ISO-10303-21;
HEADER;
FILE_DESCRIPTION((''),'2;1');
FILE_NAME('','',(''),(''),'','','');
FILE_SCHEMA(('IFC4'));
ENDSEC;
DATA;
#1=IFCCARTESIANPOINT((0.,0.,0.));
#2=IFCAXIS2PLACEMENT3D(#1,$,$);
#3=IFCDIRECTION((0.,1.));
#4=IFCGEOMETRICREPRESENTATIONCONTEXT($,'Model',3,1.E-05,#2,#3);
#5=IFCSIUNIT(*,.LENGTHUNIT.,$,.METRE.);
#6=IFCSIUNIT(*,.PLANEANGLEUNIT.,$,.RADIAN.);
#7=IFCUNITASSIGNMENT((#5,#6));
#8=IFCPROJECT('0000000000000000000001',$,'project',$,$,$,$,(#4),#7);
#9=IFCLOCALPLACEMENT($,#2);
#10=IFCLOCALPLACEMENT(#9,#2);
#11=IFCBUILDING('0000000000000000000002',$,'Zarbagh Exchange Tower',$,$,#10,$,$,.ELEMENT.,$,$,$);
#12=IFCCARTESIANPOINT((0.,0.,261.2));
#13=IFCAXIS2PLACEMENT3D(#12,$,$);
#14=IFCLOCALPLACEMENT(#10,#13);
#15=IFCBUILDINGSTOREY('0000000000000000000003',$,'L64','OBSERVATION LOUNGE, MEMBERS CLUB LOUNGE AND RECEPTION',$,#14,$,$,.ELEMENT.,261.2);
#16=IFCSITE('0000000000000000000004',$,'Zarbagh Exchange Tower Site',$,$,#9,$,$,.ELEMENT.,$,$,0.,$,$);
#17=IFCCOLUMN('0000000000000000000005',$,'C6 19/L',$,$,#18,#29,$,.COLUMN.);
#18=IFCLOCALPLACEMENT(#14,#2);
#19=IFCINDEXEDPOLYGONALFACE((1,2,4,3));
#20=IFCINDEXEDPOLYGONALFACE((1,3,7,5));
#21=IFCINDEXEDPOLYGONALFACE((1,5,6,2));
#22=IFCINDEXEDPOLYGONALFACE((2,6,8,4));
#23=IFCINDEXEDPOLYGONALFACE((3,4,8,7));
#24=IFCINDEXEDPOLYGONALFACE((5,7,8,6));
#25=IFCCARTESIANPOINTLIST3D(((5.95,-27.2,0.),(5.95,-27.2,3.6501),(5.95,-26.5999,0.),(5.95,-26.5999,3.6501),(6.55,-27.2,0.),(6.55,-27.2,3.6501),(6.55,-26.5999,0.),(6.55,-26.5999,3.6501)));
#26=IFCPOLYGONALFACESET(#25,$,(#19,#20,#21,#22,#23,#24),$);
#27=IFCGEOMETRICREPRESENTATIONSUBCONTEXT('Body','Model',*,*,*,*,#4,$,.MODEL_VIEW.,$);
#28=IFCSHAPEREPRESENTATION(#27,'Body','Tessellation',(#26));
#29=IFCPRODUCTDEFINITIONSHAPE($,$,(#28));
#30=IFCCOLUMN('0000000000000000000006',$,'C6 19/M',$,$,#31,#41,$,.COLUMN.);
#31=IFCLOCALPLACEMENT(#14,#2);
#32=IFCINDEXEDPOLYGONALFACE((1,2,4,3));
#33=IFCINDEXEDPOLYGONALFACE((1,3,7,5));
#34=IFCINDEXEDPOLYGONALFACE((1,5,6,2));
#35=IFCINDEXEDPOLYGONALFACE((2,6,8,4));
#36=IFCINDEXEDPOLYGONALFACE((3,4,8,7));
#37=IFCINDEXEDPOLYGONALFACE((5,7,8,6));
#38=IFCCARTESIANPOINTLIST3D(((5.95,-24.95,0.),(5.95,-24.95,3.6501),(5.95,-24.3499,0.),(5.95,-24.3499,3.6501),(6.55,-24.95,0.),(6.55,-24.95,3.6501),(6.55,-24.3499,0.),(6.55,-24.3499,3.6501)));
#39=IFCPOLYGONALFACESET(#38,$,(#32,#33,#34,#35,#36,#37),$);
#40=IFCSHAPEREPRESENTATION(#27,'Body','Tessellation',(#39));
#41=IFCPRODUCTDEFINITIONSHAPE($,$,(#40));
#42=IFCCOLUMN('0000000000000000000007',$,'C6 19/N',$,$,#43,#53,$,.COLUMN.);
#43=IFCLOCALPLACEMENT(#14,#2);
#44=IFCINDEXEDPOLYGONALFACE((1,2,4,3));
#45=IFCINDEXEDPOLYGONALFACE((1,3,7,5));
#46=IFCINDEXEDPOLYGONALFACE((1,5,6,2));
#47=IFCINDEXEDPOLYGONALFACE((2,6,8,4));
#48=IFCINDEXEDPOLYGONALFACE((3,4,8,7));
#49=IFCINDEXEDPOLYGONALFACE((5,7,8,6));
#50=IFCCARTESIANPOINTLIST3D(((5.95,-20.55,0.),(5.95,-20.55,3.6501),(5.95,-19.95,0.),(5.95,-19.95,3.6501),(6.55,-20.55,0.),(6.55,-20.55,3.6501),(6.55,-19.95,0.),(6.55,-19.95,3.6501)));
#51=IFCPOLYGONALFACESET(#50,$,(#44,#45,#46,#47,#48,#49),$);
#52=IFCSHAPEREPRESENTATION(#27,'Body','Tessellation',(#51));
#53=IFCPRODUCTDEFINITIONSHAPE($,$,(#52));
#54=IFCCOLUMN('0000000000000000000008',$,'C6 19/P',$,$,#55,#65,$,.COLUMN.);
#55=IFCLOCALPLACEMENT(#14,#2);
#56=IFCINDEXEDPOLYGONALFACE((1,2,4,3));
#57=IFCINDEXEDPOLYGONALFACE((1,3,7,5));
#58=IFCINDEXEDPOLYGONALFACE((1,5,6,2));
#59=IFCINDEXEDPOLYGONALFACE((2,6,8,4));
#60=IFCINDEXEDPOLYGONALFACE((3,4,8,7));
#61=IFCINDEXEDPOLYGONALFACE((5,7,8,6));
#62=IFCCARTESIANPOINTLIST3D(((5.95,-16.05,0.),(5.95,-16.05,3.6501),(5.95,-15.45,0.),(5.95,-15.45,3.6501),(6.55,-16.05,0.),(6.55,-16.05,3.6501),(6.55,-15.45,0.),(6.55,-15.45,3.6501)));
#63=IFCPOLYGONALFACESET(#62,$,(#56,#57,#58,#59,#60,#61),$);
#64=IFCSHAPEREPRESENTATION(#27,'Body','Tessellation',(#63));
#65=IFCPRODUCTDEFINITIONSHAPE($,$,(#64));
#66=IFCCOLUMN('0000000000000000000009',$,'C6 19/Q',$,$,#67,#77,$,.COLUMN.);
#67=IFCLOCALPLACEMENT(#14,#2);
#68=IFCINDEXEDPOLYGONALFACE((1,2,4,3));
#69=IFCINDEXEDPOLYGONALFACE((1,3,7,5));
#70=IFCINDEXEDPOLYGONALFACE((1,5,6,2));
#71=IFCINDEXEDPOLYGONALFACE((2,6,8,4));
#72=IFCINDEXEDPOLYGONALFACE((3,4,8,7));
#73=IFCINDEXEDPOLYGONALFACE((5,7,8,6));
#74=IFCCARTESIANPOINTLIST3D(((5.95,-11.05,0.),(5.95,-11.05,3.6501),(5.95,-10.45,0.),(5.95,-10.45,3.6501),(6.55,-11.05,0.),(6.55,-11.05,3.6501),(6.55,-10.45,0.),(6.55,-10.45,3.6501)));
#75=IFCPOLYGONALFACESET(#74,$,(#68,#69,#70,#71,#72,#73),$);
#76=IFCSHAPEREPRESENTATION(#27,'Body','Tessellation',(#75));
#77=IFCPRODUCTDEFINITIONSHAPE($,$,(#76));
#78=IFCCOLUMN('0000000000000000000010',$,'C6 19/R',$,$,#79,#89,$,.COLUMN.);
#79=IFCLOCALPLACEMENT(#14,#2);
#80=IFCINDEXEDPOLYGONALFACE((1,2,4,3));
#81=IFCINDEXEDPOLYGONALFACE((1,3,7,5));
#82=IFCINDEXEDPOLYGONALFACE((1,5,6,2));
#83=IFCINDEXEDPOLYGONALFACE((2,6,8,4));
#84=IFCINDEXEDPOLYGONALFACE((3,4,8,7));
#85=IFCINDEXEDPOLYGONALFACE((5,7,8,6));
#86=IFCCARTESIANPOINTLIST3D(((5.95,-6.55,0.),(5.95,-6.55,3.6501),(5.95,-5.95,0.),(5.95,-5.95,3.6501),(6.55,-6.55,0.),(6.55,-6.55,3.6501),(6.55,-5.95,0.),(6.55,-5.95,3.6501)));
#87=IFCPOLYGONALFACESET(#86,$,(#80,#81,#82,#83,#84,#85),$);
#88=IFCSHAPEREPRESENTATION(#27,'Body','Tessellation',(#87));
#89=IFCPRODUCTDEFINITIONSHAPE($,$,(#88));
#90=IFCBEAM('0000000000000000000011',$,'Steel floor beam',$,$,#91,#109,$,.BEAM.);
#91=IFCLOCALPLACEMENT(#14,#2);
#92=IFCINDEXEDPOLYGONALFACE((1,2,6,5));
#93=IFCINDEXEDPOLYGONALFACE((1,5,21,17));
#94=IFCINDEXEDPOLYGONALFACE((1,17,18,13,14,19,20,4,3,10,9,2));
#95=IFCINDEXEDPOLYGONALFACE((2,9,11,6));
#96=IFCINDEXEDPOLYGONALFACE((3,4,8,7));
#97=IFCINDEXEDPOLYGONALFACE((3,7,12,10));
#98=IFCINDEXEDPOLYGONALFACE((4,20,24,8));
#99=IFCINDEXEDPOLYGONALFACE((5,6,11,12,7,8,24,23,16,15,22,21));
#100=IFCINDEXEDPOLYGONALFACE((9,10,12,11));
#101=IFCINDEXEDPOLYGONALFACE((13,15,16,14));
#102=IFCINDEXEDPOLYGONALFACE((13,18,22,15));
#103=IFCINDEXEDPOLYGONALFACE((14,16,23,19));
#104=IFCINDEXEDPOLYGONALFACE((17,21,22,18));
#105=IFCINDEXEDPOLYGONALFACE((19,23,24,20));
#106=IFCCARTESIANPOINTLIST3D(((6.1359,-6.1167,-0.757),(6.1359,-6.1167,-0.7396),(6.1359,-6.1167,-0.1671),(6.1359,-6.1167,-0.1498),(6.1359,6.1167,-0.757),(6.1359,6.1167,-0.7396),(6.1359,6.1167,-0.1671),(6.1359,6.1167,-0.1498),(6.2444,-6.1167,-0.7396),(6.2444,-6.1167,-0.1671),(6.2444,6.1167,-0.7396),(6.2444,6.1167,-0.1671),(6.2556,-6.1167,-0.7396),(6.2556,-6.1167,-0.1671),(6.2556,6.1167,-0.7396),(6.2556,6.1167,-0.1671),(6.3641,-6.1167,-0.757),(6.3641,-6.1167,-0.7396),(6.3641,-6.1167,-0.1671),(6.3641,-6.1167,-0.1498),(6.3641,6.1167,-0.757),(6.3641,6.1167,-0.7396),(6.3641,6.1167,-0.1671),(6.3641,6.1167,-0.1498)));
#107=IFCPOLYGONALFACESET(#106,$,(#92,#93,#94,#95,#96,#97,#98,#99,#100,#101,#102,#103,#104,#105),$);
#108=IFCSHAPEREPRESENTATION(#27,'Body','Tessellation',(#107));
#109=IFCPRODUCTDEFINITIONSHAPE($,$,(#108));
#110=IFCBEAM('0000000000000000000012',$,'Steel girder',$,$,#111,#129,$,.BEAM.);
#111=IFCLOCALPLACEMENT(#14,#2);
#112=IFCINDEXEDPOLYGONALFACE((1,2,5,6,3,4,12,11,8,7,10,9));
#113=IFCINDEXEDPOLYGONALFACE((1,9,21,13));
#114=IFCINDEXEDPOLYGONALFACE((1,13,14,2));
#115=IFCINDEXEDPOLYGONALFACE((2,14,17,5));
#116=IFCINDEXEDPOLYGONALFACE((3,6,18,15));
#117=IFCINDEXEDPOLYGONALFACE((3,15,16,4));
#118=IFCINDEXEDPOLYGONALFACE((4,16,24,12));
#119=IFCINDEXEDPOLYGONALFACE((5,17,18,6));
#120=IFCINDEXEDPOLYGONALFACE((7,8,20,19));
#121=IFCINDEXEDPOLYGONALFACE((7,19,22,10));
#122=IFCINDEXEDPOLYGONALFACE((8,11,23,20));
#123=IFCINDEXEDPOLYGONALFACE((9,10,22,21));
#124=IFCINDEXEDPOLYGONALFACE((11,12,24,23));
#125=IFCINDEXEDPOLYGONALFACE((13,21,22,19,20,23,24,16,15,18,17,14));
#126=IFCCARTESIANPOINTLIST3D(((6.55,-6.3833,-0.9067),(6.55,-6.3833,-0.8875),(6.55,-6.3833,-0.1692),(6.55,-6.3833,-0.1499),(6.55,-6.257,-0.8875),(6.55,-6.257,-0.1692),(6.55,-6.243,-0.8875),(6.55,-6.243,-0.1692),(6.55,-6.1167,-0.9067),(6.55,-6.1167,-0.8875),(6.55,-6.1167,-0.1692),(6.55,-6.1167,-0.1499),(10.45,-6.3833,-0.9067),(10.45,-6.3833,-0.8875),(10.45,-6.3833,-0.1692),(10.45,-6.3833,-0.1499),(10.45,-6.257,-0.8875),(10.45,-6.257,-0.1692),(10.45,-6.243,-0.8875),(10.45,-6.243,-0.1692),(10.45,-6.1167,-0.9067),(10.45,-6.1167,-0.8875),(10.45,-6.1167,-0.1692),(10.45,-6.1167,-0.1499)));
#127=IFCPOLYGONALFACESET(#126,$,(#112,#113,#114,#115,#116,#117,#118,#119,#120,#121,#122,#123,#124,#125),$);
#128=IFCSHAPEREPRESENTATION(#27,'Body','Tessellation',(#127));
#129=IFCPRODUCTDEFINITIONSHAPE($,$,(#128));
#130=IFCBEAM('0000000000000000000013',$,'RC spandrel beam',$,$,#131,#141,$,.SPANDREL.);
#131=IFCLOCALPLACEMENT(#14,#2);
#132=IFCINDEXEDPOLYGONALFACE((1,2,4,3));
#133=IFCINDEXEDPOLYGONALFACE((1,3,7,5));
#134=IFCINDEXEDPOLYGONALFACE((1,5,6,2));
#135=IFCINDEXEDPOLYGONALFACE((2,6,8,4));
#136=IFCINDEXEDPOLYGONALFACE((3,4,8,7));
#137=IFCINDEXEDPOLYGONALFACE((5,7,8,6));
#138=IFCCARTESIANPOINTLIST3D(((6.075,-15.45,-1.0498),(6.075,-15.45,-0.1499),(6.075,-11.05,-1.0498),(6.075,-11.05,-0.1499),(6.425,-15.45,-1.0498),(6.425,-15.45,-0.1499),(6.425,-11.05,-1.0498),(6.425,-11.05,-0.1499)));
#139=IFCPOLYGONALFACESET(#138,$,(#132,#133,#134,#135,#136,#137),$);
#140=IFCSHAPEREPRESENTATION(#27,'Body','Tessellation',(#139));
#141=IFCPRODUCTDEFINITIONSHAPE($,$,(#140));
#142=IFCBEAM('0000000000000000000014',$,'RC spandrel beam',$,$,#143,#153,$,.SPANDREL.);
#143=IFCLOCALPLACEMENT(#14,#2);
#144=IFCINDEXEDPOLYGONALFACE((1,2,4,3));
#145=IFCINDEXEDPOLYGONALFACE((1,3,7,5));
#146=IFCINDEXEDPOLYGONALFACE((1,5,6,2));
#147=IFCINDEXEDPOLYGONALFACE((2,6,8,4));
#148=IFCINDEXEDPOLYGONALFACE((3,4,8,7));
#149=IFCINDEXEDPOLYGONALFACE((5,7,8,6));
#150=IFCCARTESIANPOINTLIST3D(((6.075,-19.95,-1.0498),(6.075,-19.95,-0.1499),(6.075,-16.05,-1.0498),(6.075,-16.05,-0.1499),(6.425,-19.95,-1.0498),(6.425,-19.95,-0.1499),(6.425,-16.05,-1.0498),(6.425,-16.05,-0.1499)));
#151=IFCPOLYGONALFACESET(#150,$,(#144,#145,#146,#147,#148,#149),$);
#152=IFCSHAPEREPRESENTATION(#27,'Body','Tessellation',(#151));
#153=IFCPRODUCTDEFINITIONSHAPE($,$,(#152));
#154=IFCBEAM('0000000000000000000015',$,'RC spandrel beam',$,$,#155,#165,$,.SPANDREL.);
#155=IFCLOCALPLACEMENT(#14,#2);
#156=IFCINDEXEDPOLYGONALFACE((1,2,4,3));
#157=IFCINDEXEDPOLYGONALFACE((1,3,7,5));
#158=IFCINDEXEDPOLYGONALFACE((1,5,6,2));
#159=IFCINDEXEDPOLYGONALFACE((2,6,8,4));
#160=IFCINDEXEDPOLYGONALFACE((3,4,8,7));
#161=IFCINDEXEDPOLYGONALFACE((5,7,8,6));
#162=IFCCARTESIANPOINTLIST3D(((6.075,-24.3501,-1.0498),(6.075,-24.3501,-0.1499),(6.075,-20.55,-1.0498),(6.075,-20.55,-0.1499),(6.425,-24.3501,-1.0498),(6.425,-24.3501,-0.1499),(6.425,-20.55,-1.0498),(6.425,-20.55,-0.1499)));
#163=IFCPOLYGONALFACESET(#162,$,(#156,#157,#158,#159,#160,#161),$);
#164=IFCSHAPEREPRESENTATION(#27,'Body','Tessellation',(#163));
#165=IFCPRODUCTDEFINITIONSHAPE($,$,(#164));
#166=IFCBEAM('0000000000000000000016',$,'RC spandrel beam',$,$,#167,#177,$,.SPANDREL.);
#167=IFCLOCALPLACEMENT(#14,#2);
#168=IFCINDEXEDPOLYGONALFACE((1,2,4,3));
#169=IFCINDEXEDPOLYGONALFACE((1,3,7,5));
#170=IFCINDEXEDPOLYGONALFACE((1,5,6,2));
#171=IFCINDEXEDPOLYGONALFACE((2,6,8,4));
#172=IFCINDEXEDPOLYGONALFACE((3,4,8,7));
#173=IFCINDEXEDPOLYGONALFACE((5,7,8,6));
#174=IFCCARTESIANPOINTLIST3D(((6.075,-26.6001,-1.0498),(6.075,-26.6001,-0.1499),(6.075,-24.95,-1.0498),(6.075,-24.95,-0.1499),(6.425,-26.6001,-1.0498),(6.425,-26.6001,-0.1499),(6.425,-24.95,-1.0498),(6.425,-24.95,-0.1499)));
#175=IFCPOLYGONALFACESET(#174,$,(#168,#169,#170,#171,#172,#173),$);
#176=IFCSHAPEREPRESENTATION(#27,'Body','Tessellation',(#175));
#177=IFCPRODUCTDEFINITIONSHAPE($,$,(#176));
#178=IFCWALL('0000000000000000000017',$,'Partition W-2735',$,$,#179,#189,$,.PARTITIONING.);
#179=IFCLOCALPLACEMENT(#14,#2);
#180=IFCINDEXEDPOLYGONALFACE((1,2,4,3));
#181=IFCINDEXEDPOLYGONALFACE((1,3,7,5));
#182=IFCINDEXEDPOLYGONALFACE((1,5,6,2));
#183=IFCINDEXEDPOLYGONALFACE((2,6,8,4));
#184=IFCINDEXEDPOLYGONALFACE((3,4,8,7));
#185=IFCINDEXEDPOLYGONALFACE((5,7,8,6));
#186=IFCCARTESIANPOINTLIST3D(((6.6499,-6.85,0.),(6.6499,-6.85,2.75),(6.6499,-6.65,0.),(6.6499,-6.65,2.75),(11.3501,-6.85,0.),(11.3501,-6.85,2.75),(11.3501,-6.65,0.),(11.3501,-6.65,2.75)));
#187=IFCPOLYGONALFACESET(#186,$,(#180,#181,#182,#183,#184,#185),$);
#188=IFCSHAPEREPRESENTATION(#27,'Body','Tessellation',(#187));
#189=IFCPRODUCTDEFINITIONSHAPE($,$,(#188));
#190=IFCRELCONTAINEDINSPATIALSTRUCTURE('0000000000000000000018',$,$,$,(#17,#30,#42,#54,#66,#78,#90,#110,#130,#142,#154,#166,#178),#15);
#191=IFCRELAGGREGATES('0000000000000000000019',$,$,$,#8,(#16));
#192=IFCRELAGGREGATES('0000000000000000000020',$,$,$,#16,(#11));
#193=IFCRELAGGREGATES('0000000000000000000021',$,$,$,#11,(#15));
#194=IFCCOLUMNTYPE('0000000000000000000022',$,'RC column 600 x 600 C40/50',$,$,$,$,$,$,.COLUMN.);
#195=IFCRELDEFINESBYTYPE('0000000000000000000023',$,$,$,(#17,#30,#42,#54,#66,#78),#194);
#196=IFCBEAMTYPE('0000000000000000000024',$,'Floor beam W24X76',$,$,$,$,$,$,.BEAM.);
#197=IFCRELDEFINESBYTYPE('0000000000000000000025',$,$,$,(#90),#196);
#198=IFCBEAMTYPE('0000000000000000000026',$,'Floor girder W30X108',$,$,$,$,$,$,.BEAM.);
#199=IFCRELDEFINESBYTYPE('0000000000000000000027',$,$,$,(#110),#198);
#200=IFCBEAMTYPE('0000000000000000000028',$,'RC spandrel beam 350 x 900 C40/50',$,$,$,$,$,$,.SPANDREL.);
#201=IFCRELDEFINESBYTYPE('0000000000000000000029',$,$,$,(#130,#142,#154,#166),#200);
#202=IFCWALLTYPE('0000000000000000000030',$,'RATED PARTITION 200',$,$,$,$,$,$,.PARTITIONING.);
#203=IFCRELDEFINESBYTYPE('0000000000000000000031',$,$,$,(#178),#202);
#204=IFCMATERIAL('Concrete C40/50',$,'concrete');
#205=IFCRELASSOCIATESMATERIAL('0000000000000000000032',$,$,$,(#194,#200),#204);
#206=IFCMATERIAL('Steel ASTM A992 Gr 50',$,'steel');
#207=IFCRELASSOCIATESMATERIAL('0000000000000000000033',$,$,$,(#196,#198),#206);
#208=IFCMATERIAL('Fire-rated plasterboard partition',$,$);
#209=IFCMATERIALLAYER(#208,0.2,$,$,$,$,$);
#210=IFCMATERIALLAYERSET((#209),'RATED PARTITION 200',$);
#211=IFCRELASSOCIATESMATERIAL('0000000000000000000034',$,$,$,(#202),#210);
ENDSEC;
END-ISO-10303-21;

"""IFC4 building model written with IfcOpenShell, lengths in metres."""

from ifc_helpers import new_model, si_unit, direction, frame, frame_2d, origin, origin_2d, place, context, subcontext, project, spatial, rectangle, i_section, extrude, material, layer, layer_set, material_profile, profile_set, type_object, element, save


model = new_model("IFC4")

# Units and contexts
model_context = context("Model", 3, precision=1e-05, world=origin(), true_north=direction((0.0, 1.0)))
body_context = subcontext(model_context, "Body", "Model", "MODEL_VIEW")
ifc_project = project(units=[si_unit("LENGTHUNIT", "METRE"), si_unit("PLANEANGLEUNIT", "RADIAN")], contexts=[model_context])

# Site, building, storey
site_placement = place(None, origin())
site = spatial("IfcSite", under=ifc_project, at=site_placement, Name="Zarbagh Exchange Tower Site", CompositionType="ELEMENT", RefElevation=0.0)
building_placement = place(site_placement, origin())
building = spatial("IfcBuilding", under=site, at=building_placement, Name="Zarbagh Exchange Tower", CompositionType="ELEMENT")
storey_placement = place(building_placement, frame((0.0, 0.0, 261.2)))
storey = spatial("IfcBuildingStorey", under=building, at=storey_placement, Name="L64", Description="OBSERVATION LOUNGE, MEMBERS CLUB LOUNGE AND RECEPTION", CompositionType="ELEMENT", Elevation=261.2)

# Columns
ifc_material_1 = material(Name="Concrete C40/50", Category="concrete")
ifc_material_profile_1 = material_profile(ifc_material_1, rectangle(XDim=0.6001, YDim=0.6001, at=origin_2d()), Name="RC column 600 x 600 C40/50")
ifc_profile_set_1 = profile_set([ifc_material_profile_1], Name="Concrete C40/50")
column_type = type_object("IfcColumnType", Name="RC column 600 x 600 C40/50", PredefinedType="COLUMN", material=ifc_profile_set_1)
for number, where, z_axis, x_axis, name in (
    (1, (6.25, -26.8999, 0.0), (0.0, 0.0, 1.0), (1.0, 0.0, 0.0), "C6 19/L"),
    (2, (6.25, -24.6499, 0.0), (0.0, 0.0, 1.0), (1.0, 0.0, 0.0), "C6 19/M"),
    (3, (6.25, -20.25, 0.0), (0.0, 0.0, 1.0), (1.0, 0.0, 0.0), "C6 19/N"),
    (4, (6.25, -15.75, 0.0), (0.0, 0.0, 1.0), (1.0, 0.0, 0.0), "C6 19/P"),
    (5, (6.25, -10.75, 0.0), (0.0, 0.0, 1.0), (1.0, 0.0, 0.0), "C6 19/Q"),
    (6, (6.25, -6.25, 0.0), (0.0, 0.0, 1.0), (1.0, 0.0, 0.0), "C6 19/R"),
):
    element("IfcColumn", number, at=place(storey_placement, frame(where, z_axis=z_axis, x_axis=x_axis)), inside=storey, type_object=column_type, Name=name, PredefinedType="COLUMN", context=body_context, shape_type="SweptSolid", body=[
        extrude(rectangle(XDim=0.6001, YDim=0.6001, at=origin_2d()), origin(), (0.0, 0.0, 1.0), 3.6501),
    ])

# Beams
ifc_material_2 = material(Name="Steel ASTM A992 Gr 50", Category="steel")
ifc_material_profile_2 = material_profile(ifc_material_2, i_section(OverallWidth=0.2283, OverallDepth=0.6072, WebThickness=0.0112, FlangeThickness=0.0173, at=origin_2d()), Name="W24X76")
ifc_profile_set_2 = profile_set([ifc_material_profile_2], Name="Steel ASTM A992 Gr 50")
beam_type_1 = type_object("IfcBeamType", Name="Floor beam W24X76", PredefinedType="BEAM", material=ifc_profile_set_2)
beam_1_placement = place(storey_placement, frame((6.25, -6.1167, -0.4534), z_axis=(0.0, 1.0, 0.0), x_axis=(-1.0, 0.0, 0.0)))
element("IfcBeam", 7, at=beam_1_placement, inside=storey, type_object=beam_type_1, Name="Steel floor beam", PredefinedType="BEAM", context=body_context, shape_type="SweptSolid", body=[
    extrude(i_section(OverallWidth=0.2283, OverallDepth=0.6072, WebThickness=0.0112, FlangeThickness=0.0173, at=origin_2d()), origin(), (0.0, 0.0, 1.0), 12.2334),
])
ifc_material_profile_3 = material_profile(ifc_material_2, i_section(OverallWidth=0.2666, OverallDepth=0.7568, WebThickness=0.0139, FlangeThickness=0.0193, at=origin_2d()), Name="W30X108")
ifc_profile_set_3 = profile_set([ifc_material_profile_3], Name="Steel ASTM A992 Gr 50")
beam_type_2 = type_object("IfcBeamType", Name="Floor girder W30X108", PredefinedType="BEAM", material=ifc_profile_set_3)
beam_2_placement = place(storey_placement, frame((6.55, -6.25, -0.5283), z_axis=(1.0, 0.0, 0.0), x_axis=(0.0, 1.0, 0.0)))
element("IfcBeam", 8, at=beam_2_placement, inside=storey, type_object=beam_type_2, Name="Steel girder", PredefinedType="BEAM", context=body_context, shape_type="SweptSolid", body=[
    extrude(i_section(OverallWidth=0.2666, OverallDepth=0.7568, WebThickness=0.0139, FlangeThickness=0.0193, at=origin_2d()), origin(), (0.0, 0.0, 1.0), 3.8999),
])
ifc_material_profile_4 = material_profile(ifc_material_1, rectangle(XDim=0.3501, YDim=0.8999, at=origin_2d()), Name="RC spandrel beam 350 x 900 C40/50")
ifc_profile_set_4 = profile_set([ifc_material_profile_4], Name="Concrete C40/50")
beam_type_3 = type_object("IfcBeamType", Name="RC spandrel beam 350 x 900 C40/50", PredefinedType="SPANDREL", material=ifc_profile_set_4)
beam_3_placement = place(storey_placement, frame((6.25, -11.05, -0.5999), z_axis=(0.0, -1.0, 0.0), x_axis=(1.0, 0.0, 0.0)))
element("IfcBeam", 9, at=beam_3_placement, inside=storey, type_object=beam_type_3, Name="RC spandrel beam", PredefinedType="SPANDREL", context=body_context, shape_type="SweptSolid", body=[
    extrude(rectangle(XDim=0.3501, YDim=0.8999, at=origin_2d()), origin(), (0.0, 0.0, 1.0), 4.3999),
])
beam_4_placement = place(storey_placement, frame((6.25, -16.05, -0.5999), z_axis=(0.0, -1.0, 0.0), x_axis=(1.0, 0.0, 0.0)))
element("IfcBeam", 10, at=beam_4_placement, inside=storey, type_object=beam_type_3, Name="RC spandrel beam", PredefinedType="SPANDREL", context=body_context, shape_type="SweptSolid", body=[
    extrude(rectangle(XDim=0.3501, YDim=0.8999, at=origin_2d()), origin(), (0.0, 0.0, 1.0), 3.8999),
])
beam_5_placement = place(storey_placement, frame((6.25, -20.55, -0.5999), z_axis=(0.0, -1.0, 0.0), x_axis=(1.0, 0.0, 0.0)))
element("IfcBeam", 11, at=beam_5_placement, inside=storey, type_object=beam_type_3, Name="RC spandrel beam", PredefinedType="SPANDREL", context=body_context, shape_type="SweptSolid", body=[
    extrude(rectangle(XDim=0.3501, YDim=0.8999, at=origin_2d()), origin(), (0.0, 0.0, 1.0), 3.8),
])
beam_6_placement = place(storey_placement, frame((6.25, -24.95, -0.5999), z_axis=(0.0, -1.0, 0.0), x_axis=(1.0, 0.0, 0.0)))
element("IfcBeam", 12, at=beam_6_placement, inside=storey, type_object=beam_type_3, Name="RC spandrel beam", PredefinedType="SPANDREL", context=body_context, shape_type="SweptSolid", body=[
    extrude(rectangle(XDim=0.3501, YDim=0.8999, at=origin_2d()), origin(), (0.0, 0.0, 1.0), 1.6501),
])

# Wall
ifc_material_3 = material(Name="Fire-rated plasterboard partition")
ifc_layer_1 = layer(ifc_material_3, 0.2)
ifc_layer_set_1 = layer_set([ifc_layer_1], Name="RATED PARTITION 200")
wall_type_1 = type_object("IfcWallType", Name="RATED PARTITION 200", PredefinedType="PARTITIONING", material=ifc_layer_set_1)
wall_1_placement = place(storey_placement, frame((6.6499, -6.75, 0.0), z_axis=(0.0, 0.0, 1.0), x_axis=(1.0, 0.0, 0.0)))
element("IfcWall", 13, at=wall_1_placement, inside=storey, type_object=wall_type_1, Name="Partition W-2735", PredefinedType="PARTITIONING", context=body_context, shape_type="SweptSolid", body=[
    extrude(rectangle(XDim=4.7002, YDim=0.2, at=frame_2d((2.3501, 0.0))), origin(), (0.0, 0.0, 1.0), 2.75),
])

save(model, "model.ifc")
